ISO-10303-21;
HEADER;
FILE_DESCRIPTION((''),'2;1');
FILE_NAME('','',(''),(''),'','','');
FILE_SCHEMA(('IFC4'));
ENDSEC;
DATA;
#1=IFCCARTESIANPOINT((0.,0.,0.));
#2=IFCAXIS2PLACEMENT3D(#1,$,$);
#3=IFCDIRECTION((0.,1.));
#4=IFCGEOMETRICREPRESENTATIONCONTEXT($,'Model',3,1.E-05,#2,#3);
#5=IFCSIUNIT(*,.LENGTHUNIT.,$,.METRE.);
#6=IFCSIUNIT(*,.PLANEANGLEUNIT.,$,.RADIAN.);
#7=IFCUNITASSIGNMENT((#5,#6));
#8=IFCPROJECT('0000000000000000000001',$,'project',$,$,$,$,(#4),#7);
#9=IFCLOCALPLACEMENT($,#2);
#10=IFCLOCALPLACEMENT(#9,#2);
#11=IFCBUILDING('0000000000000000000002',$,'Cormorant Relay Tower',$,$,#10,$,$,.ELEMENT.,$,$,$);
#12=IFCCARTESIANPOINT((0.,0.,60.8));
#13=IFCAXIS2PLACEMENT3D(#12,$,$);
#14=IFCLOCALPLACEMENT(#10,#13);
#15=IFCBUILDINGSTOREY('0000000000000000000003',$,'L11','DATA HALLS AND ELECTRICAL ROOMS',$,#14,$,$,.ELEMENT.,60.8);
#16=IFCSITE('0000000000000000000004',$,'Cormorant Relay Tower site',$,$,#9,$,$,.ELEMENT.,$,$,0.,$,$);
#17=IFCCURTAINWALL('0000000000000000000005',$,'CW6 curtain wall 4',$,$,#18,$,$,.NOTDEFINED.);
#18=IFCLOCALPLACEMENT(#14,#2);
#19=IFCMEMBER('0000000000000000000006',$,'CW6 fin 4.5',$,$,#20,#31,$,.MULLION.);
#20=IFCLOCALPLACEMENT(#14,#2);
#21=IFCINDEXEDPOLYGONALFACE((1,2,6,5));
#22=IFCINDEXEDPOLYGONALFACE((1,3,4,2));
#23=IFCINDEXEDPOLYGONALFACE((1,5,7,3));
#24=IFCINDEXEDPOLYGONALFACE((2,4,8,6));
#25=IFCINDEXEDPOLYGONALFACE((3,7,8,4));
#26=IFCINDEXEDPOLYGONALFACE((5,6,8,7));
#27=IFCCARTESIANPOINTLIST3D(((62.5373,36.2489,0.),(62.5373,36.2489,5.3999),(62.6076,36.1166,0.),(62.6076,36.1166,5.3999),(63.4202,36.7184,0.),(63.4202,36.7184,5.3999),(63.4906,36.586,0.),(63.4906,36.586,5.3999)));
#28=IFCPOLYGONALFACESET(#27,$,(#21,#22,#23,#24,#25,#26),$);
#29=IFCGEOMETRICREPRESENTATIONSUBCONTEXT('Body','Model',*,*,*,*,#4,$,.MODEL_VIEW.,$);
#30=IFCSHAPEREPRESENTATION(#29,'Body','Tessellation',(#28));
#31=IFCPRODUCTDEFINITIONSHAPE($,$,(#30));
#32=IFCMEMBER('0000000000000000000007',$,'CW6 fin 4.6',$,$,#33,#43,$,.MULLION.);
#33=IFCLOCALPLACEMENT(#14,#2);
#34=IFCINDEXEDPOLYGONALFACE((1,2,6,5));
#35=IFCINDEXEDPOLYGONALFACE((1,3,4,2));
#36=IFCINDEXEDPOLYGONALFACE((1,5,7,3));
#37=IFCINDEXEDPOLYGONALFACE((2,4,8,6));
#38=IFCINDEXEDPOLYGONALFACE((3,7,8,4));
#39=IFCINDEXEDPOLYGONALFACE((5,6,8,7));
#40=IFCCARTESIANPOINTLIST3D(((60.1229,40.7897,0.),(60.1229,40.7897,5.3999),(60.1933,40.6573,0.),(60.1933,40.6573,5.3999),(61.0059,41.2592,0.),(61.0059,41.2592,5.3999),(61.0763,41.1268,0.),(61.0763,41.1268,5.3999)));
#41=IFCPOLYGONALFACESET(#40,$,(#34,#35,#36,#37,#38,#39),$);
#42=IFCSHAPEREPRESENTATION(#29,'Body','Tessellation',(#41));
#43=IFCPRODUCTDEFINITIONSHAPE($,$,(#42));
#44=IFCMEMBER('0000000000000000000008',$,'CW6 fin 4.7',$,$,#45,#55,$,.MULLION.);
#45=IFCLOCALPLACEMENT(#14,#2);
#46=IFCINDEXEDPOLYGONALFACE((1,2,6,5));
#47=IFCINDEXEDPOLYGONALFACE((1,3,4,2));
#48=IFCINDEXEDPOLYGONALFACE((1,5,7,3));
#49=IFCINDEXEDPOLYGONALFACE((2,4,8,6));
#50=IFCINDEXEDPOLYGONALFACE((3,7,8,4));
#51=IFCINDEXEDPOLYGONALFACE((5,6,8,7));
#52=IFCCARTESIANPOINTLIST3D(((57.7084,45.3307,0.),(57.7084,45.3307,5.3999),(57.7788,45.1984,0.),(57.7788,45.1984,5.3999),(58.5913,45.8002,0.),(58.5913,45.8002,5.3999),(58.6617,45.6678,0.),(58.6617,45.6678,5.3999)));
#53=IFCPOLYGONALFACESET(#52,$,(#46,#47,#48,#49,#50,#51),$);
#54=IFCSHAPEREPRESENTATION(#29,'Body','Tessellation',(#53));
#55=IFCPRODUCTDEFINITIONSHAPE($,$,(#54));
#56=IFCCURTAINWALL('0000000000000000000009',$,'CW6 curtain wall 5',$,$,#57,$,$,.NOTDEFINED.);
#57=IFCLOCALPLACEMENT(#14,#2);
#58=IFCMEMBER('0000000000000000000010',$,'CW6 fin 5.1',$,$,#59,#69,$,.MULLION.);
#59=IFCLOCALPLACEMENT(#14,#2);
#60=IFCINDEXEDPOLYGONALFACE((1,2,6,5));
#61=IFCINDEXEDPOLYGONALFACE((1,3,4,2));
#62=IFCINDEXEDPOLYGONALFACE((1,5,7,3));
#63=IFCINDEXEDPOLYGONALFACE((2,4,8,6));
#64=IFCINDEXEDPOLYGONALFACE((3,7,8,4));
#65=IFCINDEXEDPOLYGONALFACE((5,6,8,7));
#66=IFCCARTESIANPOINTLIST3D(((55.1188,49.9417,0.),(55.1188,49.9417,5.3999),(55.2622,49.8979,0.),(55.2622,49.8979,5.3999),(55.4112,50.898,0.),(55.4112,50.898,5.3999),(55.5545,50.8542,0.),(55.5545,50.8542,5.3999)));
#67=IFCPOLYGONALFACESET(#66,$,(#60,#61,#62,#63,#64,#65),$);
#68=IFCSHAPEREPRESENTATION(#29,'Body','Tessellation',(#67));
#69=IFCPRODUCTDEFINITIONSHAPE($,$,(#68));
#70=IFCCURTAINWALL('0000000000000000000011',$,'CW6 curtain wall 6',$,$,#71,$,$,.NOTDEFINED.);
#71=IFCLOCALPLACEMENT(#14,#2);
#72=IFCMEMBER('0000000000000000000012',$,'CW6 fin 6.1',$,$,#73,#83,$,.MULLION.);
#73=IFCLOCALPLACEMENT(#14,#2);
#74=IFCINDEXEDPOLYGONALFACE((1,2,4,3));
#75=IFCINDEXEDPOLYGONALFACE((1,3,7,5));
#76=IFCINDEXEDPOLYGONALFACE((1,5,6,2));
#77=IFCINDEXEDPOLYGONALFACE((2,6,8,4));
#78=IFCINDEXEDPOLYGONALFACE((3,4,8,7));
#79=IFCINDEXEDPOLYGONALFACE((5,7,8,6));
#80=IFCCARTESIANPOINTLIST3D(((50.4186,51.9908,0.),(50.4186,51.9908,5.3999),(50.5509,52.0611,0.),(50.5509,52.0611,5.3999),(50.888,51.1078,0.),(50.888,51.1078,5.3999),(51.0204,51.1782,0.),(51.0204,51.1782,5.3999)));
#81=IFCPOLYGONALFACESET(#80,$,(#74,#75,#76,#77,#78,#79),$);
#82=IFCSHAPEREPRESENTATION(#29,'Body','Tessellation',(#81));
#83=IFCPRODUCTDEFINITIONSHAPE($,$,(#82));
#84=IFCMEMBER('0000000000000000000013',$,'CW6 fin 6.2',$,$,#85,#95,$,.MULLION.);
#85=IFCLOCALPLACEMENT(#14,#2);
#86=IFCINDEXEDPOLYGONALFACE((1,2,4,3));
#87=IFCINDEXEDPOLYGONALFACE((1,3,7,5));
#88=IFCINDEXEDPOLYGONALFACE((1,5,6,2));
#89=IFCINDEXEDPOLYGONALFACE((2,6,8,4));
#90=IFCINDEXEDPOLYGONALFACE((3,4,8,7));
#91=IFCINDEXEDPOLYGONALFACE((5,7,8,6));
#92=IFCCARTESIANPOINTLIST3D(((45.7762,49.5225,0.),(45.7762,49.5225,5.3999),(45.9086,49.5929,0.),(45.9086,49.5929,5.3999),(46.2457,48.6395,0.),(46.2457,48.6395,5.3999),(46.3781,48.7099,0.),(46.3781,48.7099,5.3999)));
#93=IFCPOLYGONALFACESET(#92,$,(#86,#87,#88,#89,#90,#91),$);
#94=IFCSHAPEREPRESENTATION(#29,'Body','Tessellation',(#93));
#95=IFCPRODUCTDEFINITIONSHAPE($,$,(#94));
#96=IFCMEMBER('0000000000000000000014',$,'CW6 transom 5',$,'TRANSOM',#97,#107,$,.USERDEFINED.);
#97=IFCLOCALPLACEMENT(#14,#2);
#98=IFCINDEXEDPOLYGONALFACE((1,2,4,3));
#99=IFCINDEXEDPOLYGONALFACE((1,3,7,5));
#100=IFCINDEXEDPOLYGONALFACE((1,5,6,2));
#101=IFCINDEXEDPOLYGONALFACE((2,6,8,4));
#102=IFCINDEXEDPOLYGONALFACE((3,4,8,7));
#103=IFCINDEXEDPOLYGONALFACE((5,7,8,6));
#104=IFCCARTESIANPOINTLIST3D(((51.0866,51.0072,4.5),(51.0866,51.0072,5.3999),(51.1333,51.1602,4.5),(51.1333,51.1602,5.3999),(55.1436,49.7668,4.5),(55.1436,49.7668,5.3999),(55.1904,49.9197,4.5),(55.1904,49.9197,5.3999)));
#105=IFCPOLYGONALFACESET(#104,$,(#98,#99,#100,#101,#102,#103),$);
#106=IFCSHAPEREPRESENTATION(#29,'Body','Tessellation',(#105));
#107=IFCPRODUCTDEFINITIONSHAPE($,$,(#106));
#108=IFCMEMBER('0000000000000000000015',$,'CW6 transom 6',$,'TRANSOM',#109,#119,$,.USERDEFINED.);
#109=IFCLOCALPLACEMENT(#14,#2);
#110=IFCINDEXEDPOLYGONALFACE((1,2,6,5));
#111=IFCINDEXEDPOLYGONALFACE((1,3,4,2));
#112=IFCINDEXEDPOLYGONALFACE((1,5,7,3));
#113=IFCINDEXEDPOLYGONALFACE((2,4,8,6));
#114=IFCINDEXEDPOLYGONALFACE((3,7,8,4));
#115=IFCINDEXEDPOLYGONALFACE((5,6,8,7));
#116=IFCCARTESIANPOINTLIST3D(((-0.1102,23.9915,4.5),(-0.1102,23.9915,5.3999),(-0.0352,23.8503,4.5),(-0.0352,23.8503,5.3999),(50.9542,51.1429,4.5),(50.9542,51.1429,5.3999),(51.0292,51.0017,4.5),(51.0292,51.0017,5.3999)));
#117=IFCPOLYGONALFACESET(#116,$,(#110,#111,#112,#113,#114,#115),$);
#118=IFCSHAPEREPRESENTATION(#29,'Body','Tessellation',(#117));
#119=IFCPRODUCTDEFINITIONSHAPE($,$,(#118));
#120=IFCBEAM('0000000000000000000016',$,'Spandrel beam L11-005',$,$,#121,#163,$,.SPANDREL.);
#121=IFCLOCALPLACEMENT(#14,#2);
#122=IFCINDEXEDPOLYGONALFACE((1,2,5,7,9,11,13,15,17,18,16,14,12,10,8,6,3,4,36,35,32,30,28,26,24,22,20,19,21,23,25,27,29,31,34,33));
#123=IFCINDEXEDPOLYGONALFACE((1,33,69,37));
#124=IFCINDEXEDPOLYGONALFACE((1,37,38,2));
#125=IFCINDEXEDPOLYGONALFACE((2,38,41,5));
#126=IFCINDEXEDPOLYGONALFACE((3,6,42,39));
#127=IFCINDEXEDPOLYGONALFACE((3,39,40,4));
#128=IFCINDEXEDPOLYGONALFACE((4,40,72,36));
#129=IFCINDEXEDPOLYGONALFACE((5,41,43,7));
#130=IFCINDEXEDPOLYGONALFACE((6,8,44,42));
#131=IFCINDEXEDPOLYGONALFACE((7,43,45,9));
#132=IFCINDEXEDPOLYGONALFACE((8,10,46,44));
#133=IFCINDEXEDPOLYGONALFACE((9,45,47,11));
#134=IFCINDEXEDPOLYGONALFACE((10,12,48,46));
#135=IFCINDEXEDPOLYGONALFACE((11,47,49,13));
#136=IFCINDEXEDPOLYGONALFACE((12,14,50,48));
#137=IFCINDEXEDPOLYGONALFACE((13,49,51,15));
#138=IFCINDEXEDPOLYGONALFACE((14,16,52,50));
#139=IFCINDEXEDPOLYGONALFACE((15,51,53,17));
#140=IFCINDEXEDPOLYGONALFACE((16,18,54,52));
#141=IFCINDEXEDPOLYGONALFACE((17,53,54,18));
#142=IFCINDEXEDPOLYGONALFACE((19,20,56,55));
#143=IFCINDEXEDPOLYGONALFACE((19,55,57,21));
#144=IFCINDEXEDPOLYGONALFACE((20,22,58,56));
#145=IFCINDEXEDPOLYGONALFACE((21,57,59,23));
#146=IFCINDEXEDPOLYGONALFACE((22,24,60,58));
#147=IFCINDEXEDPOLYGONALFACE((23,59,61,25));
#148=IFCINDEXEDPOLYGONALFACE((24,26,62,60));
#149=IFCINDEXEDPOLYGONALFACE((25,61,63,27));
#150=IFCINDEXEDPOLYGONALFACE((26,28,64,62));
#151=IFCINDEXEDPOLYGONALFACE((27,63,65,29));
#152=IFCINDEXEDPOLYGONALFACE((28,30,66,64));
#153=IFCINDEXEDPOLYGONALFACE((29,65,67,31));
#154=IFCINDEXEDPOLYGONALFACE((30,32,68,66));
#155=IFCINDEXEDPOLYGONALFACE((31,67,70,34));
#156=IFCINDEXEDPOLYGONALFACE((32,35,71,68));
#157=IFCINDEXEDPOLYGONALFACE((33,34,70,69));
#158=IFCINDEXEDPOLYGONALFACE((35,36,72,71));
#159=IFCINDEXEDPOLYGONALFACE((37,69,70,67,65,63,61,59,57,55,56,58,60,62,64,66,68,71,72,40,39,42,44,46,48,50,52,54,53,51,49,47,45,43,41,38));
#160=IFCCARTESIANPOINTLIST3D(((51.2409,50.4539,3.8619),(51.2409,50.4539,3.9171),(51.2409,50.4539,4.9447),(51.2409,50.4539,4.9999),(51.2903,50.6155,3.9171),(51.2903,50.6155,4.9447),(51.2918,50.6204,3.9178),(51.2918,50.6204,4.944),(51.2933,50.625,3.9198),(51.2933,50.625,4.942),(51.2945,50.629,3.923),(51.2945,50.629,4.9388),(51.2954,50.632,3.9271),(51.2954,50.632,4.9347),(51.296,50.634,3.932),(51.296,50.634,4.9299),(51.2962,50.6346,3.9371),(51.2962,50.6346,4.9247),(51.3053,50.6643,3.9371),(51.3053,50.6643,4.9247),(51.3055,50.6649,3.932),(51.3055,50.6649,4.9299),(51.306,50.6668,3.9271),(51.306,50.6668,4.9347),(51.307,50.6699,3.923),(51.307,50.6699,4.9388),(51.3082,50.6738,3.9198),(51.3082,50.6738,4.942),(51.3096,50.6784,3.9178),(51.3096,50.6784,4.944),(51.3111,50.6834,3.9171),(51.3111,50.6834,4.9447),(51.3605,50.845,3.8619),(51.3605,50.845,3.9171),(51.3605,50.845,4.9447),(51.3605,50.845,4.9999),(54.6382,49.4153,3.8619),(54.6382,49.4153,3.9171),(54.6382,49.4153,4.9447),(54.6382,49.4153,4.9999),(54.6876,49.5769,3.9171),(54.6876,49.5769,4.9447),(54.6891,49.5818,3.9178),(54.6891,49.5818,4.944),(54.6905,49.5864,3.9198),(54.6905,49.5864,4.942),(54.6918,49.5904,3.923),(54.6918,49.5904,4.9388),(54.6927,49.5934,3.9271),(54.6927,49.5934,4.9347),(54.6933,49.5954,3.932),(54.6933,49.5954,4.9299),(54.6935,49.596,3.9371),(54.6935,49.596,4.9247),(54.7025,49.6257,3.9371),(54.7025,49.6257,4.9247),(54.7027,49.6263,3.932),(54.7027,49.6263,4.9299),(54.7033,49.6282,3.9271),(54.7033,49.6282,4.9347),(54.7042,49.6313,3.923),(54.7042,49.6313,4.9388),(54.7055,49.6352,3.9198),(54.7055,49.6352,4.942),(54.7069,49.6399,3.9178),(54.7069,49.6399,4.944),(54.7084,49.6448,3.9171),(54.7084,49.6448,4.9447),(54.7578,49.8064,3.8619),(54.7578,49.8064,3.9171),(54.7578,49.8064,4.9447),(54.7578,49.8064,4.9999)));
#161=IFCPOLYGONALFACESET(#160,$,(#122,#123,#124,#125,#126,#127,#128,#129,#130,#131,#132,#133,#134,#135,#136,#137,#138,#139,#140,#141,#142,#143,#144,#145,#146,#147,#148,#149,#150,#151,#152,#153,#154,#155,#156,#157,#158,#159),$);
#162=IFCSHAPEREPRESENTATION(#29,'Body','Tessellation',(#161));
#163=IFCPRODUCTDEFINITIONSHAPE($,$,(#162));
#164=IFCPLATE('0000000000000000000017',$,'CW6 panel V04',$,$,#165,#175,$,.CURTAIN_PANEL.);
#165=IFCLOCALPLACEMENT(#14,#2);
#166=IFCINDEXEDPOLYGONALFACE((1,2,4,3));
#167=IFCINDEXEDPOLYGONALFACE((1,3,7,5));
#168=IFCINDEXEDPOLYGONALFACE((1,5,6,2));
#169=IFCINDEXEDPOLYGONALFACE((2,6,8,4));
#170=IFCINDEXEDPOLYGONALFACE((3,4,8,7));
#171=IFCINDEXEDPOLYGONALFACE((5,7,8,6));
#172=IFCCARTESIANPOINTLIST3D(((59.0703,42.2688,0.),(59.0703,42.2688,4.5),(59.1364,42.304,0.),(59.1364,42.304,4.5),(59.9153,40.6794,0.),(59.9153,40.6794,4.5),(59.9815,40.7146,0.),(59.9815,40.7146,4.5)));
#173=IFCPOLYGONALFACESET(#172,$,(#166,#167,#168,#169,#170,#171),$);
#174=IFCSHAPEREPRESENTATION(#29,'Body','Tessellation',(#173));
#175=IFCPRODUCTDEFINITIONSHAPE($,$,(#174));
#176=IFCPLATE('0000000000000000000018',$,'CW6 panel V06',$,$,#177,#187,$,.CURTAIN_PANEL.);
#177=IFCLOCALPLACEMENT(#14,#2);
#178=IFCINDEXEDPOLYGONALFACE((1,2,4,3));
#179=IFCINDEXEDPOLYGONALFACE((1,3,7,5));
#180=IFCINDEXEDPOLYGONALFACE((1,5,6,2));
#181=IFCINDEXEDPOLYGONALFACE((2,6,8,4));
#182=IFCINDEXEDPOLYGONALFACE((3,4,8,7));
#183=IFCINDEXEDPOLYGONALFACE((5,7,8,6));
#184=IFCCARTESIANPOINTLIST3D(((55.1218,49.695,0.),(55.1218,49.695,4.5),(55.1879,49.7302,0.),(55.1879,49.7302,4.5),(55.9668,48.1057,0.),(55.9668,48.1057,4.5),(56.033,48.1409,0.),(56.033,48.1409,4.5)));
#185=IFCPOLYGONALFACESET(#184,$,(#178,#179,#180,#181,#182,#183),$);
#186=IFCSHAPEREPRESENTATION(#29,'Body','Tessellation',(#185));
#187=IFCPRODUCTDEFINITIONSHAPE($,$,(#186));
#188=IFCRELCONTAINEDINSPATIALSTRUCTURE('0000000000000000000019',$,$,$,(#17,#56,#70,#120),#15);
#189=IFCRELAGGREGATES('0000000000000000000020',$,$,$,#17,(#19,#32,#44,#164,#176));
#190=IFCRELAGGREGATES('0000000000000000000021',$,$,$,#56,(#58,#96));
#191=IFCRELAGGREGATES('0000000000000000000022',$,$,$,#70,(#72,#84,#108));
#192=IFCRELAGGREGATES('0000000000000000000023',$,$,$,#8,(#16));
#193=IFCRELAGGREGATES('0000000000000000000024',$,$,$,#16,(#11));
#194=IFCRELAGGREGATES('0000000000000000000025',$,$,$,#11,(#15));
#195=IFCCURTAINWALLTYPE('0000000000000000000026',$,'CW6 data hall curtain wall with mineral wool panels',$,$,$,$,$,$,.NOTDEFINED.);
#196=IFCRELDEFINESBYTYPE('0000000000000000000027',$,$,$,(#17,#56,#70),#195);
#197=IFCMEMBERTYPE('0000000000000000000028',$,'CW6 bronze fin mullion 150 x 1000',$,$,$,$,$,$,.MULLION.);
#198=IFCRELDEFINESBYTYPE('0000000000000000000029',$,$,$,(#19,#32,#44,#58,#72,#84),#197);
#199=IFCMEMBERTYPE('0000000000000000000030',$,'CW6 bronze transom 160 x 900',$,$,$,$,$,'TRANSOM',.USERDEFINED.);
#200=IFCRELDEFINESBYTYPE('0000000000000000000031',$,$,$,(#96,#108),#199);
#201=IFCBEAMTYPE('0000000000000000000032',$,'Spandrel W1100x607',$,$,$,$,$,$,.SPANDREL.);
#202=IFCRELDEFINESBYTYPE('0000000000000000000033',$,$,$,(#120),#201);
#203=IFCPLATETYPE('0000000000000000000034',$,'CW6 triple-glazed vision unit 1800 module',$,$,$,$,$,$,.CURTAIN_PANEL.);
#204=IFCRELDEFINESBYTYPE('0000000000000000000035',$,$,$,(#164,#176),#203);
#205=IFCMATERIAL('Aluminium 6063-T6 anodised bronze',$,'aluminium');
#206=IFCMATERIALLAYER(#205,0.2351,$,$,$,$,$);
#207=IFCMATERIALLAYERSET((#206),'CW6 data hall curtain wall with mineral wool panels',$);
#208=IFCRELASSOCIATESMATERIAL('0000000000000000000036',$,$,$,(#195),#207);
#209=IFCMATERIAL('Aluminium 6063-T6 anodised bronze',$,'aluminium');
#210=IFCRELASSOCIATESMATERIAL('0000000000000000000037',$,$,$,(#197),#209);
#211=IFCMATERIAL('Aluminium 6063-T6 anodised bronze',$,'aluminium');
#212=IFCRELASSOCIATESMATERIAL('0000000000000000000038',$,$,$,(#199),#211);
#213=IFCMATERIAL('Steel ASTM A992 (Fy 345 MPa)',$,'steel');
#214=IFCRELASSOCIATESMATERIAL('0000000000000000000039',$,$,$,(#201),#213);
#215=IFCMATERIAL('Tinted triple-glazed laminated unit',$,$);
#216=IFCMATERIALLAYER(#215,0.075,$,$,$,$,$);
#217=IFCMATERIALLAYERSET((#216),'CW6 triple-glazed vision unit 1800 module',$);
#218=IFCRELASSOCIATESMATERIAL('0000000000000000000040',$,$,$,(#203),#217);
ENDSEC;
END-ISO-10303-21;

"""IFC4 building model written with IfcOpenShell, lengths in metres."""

from ifc_helpers import new_model, si_unit, direction, frame, origin, origin_2d, place, context, subcontext, project, spatial, rectangle, i_section, extrude, material, layer, layer_set, material_profile, profile_set, type_object, element, aggregate, save


model = new_model("IFC4")

# Units and contexts
model_context = context("Model", 3, precision=1e-05, world=origin(), true_north=direction((0.0, 1.0)))
body_context = subcontext(model_context, "Body", "Model", "MODEL_VIEW")
ifc_project = project(units=[si_unit("LENGTHUNIT", "METRE"), si_unit("PLANEANGLEUNIT", "RADIAN")], contexts=[model_context])

# Site, building, storey
site_placement = place(None, origin())
site = spatial("IfcSite", under=ifc_project, at=site_placement, Name="Cormorant Relay Tower site", CompositionType="ELEMENT", RefElevation=0.0)
building_placement = place(site_placement, origin())
building = spatial("IfcBuilding", under=site, at=building_placement, Name="Cormorant Relay Tower", CompositionType="ELEMENT")
storey_placement = place(building_placement, frame((0.0, 0.0, 60.8)))
storey = spatial("IfcBuildingStorey", under=building, at=storey_placement, Name="L11", Description="DATA HALLS AND ELECTRICAL ROOMS", CompositionType="ELEMENT", Elevation=60.8)

# Curtain wall, members
ifc_material_1 = material(Name="Aluminium 6063-T6 anodised bronze", Category="aluminium")
ifc_layer_1 = layer(ifc_material_1, 0.2351)
ifc_layer_set_1 = layer_set([ifc_layer_1], Name="CW6 data hall curtain wall with mineral wool panels")
curtain_wall_type = type_object("IfcCurtainWallType", Name="CW6 data hall curtain wall with mineral wool panels", PredefinedType="NOTDEFINED", material=ifc_layer_set_1)
curtain_wall_1_placement = place(storey_placement, origin())
curtain_wall_1 = element("IfcCurtainWall", 1, at=curtain_wall_1_placement, inside=storey, type_object=curtain_wall_type, Name="CW6 curtain wall 4", PredefinedType="NOTDEFINED")
ifc_material_2 = material(Name="Aluminium 6063-T6 anodised bronze", Category="aluminium")
ifc_material_profile_1 = material_profile(ifc_material_2, rectangle(XDim=0.1499, YDim=1.0, at=origin_2d()), Name="AL 150x1000")
ifc_profile_set_1 = profile_set([ifc_material_profile_1], Name="Aluminium 6063-T6 anodised bronze")
member_type_1 = type_object("IfcMemberType", Name="CW6 bronze fin mullion 150 x 1000", PredefinedType="MULLION", material=ifc_profile_set_1)
member_1_placement = place(storey_placement, frame((63.0139, 36.4175, 0.0), z_axis=(0.0, 0.0, 1.0), x_axis=(-0.469472, 0.882948, 0.0)))
member_1 = element("IfcMember", 2, at=member_1_placement, type_object=member_type_1, Name="CW6 fin 4.5", PredefinedType="MULLION", context=body_context, shape_type="SweptSolid", body=[
    extrude(rectangle(XDim=0.1499, YDim=1.0, at=origin_2d()), origin(), (0.0, 0.0, 1.0), 5.3999),
])
member_2_placement = place(storey_placement, frame((60.5996, 40.9583, 0.0), z_axis=(0.0, 0.0, 1.0), x_axis=(-0.469472, 0.882948, 0.0)))
member_2 = element("IfcMember", 3, at=member_2_placement, type_object=member_type_1, Name="CW6 fin 4.6", PredefinedType="MULLION", context=body_context, shape_type="SweptSolid", body=[
    extrude(rectangle(XDim=0.1499, YDim=1.0, at=origin_2d()), origin(), (0.0, 0.0, 1.0), 5.3999),
])
member_3_placement = place(storey_placement, frame((58.1851, 45.4993, 0.0), z_axis=(0.0, 0.0, 1.0), x_axis=(-0.469472, 0.882948, 0.0)))
member_3 = element("IfcMember", 4, at=member_3_placement, type_object=member_type_1, Name="CW6 fin 4.7", PredefinedType="MULLION", context=body_context, shape_type="SweptSolid", body=[
    extrude(rectangle(XDim=0.1499, YDim=1.0, at=origin_2d()), origin(), (0.0, 0.0, 1.0), 5.3999),
])

# Curtain wall, member
curtain_wall_2_placement = place(storey_placement, origin())
curtain_wall_2 = element("IfcCurtainWall", 5, at=curtain_wall_2_placement, inside=storey, type_object=curtain_wall_type, Name="CW6 curtain wall 5", PredefinedType="NOTDEFINED")
member_4_placement = place(storey_placement, frame((55.3367, 50.3979, 0.0), z_axis=(0.0, 0.0, 1.0), x_axis=(-0.956305, 0.292372, 0.0)))
member_4 = element("IfcMember", 6, at=member_4_placement, type_object=member_type_1, Name="CW6 fin 5.1", PredefinedType="MULLION", context=body_context, shape_type="SweptSolid", body=[
    extrude(rectangle(XDim=0.1499, YDim=1.0, at=origin_2d()), origin(), (0.0, 0.0, 1.0), 5.3999),
])

# Curtain wall, members
curtain_wall_3_placement = place(storey_placement, origin())
curtain_wall_3 = element("IfcCurtainWall", 7, at=curtain_wall_3_placement, inside=storey, type_object=curtain_wall_type, Name="CW6 curtain wall 6", PredefinedType="NOTDEFINED")
member_5_placement = place(storey_placement, frame((50.7195, 51.5845, 0.0), z_axis=(0.0, 0.0, 1.0), x_axis=(-0.882948, -0.469472, 0.0)))
member_5 = element("IfcMember", 8, at=member_5_placement, type_object=member_type_1, Name="CW6 fin 6.1", PredefinedType="MULLION", context=body_context, shape_type="SweptSolid", body=[
    extrude(rectangle(XDim=0.1499, YDim=1.0, at=origin_2d()), origin(), (0.0, 0.0, 1.0), 5.3999),
])
member_6_placement = place(storey_placement, frame((46.0771, 49.1162, 0.0), z_axis=(0.0, 0.0, 1.0), x_axis=(-0.882948, -0.469472, 0.0)))
member_6 = element("IfcMember", 9, at=member_6_placement, type_object=member_type_1, Name="CW6 fin 6.2", PredefinedType="MULLION", context=body_context, shape_type="SweptSolid", body=[
    extrude(rectangle(XDim=0.1499, YDim=1.0, at=origin_2d()), origin(), (0.0, 0.0, 1.0), 5.3999),
])

# Members
ifc_material_3 = material(Name="Aluminium 6063-T6 anodised bronze", Category="aluminium")
ifc_material_profile_2 = material_profile(ifc_material_3, rectangle(XDim=0.1599, YDim=0.8999, at=origin_2d()), Name="AL 160x900")
ifc_profile_set_2 = profile_set([ifc_material_profile_2], Name="Aluminium 6063-T6 anodised bronze")
member_type_2 = type_object("IfcMemberType", Name="CW6 bronze transom 160 x 900", ElementType="TRANSOM", PredefinedType="USERDEFINED", material=ifc_profile_set_2)
member_7_placement = place(storey_placement, frame((55.167, 49.8433, 4.95), z_axis=(-0.956299, 0.292391, 0.0), x_axis=(-0.292391, -0.956299, 0.0)))
member_7 = element("IfcMember", 10, at=member_7_placement, type_object=member_type_2, Name="CW6 transom 5", ObjectType="TRANSOM", PredefinedType="USERDEFINED", context=body_context, shape_type="SweptSolid", body=[
    extrude(rectangle(XDim=0.1599, YDim=0.8999, at=origin_2d()), origin(), (0.0, 0.0, 1.0), 4.2424),
])
member_8_placement = place(storey_placement, frame((50.9917, 51.0723, 4.95), z_axis=(-0.882948, -0.46947, 0.0), x_axis=(0.46947, -0.882948, 0.0)))
member_8 = element("IfcMember", 11, at=member_8_placement, type_object=member_type_2, Name="CW6 transom 6", ObjectType="TRANSOM", PredefinedType="USERDEFINED", context=body_context, shape_type="SweptSolid", body=[
    extrude(rectangle(XDim=0.1599, YDim=0.8999, at=origin_2d()), origin(), (0.0, 0.0, 1.0), 57.834),
])

# Beam
ifc_material_4 = material(Name="Steel ASTM A992 (Fy 345 MPa)", Category="steel")
ifc_material_profile_3 = material_profile(ifc_material_4, i_section(OverallWidth=0.4089, OverallDepth=1.1379, WebThickness=0.031, FlangeThickness=0.0552, FilletRadius=0.02, at=origin_2d()), Name="W1100x607")
ifc_profile_set_3 = profile_set([ifc_material_profile_3], Name="Steel ASTM A992 (Fy 345 MPa)")
beam_type = type_object("IfcBeamType", Name="Spandrel W1100x607", PredefinedType="SPANDREL", material=ifc_profile_set_3)
beam_placement = place(storey_placement, frame((54.698, 49.6108, 4.4309), z_axis=(-0.956309, 0.292356, 0.0), x_axis=(-0.292356, -0.956309, 0.0)))
element("IfcBeam", 12, at=beam_placement, inside=storey, type_object=beam_type, Name="Spandrel beam L11-005", PredefinedType="SPANDREL", context=body_context, shape_type="SweptSolid", body=[
    extrude(i_section(OverallWidth=0.4089, OverallDepth=1.1379, WebThickness=0.031, FlangeThickness=0.0552, FilletRadius=0.02, at=origin_2d()), origin(), (0.0, 0.0, 1.0), 3.5525),
])

# Plates
ifc_material_5 = material(Name="Tinted triple-glazed laminated unit")
ifc_layer_2 = layer(ifc_material_5, 0.075)
ifc_layer_set_2 = layer_set([ifc_layer_2], Name="CW6 triple-glazed vision unit 1800 module")
plate_type = type_object("IfcPlateType", Name="CW6 triple-glazed vision unit 1800 module", PredefinedType="CURTAIN_PANEL", material=ifc_layer_set_2)
plate_1_placement = place(storey_placement, frame((59.5259, 41.4917, 0.0), z_axis=(0.0, 0.0, 1.0), x_axis=(-0.469472, 0.882948, 0.0)))
plate_1 = element("IfcPlate", 13, at=plate_1_placement, type_object=plate_type, Name="CW6 panel V04", PredefinedType="CURTAIN_PANEL", context=body_context, shape_type="SweptSolid", body=[
    extrude(rectangle(XDim=1.8, YDim=0.075, at=origin_2d()), origin(), (0.0, 0.0, 1.0), 4.5),
])
plate_2_placement = place(storey_placement, frame((55.5774, 48.918, 0.0), z_axis=(0.0, 0.0, 1.0), x_axis=(-0.469472, 0.882948, 0.0)))
plate_2 = element("IfcPlate", 14, at=plate_2_placement, type_object=plate_type, Name="CW6 panel V06", PredefinedType="CURTAIN_PANEL", context=body_context, shape_type="SweptSolid", body=[
    extrude(rectangle(XDim=1.8, YDim=0.075, at=origin_2d()), origin(), (0.0, 0.0, 1.0), 4.5),
])

aggregate(curtain_wall_1, [member_1, member_2, member_3, plate_1, plate_2])
aggregate(curtain_wall_2, [member_4, member_7])
aggregate(curtain_wall_3, [member_5, member_6, member_8])

save(model, "model.ifc")
